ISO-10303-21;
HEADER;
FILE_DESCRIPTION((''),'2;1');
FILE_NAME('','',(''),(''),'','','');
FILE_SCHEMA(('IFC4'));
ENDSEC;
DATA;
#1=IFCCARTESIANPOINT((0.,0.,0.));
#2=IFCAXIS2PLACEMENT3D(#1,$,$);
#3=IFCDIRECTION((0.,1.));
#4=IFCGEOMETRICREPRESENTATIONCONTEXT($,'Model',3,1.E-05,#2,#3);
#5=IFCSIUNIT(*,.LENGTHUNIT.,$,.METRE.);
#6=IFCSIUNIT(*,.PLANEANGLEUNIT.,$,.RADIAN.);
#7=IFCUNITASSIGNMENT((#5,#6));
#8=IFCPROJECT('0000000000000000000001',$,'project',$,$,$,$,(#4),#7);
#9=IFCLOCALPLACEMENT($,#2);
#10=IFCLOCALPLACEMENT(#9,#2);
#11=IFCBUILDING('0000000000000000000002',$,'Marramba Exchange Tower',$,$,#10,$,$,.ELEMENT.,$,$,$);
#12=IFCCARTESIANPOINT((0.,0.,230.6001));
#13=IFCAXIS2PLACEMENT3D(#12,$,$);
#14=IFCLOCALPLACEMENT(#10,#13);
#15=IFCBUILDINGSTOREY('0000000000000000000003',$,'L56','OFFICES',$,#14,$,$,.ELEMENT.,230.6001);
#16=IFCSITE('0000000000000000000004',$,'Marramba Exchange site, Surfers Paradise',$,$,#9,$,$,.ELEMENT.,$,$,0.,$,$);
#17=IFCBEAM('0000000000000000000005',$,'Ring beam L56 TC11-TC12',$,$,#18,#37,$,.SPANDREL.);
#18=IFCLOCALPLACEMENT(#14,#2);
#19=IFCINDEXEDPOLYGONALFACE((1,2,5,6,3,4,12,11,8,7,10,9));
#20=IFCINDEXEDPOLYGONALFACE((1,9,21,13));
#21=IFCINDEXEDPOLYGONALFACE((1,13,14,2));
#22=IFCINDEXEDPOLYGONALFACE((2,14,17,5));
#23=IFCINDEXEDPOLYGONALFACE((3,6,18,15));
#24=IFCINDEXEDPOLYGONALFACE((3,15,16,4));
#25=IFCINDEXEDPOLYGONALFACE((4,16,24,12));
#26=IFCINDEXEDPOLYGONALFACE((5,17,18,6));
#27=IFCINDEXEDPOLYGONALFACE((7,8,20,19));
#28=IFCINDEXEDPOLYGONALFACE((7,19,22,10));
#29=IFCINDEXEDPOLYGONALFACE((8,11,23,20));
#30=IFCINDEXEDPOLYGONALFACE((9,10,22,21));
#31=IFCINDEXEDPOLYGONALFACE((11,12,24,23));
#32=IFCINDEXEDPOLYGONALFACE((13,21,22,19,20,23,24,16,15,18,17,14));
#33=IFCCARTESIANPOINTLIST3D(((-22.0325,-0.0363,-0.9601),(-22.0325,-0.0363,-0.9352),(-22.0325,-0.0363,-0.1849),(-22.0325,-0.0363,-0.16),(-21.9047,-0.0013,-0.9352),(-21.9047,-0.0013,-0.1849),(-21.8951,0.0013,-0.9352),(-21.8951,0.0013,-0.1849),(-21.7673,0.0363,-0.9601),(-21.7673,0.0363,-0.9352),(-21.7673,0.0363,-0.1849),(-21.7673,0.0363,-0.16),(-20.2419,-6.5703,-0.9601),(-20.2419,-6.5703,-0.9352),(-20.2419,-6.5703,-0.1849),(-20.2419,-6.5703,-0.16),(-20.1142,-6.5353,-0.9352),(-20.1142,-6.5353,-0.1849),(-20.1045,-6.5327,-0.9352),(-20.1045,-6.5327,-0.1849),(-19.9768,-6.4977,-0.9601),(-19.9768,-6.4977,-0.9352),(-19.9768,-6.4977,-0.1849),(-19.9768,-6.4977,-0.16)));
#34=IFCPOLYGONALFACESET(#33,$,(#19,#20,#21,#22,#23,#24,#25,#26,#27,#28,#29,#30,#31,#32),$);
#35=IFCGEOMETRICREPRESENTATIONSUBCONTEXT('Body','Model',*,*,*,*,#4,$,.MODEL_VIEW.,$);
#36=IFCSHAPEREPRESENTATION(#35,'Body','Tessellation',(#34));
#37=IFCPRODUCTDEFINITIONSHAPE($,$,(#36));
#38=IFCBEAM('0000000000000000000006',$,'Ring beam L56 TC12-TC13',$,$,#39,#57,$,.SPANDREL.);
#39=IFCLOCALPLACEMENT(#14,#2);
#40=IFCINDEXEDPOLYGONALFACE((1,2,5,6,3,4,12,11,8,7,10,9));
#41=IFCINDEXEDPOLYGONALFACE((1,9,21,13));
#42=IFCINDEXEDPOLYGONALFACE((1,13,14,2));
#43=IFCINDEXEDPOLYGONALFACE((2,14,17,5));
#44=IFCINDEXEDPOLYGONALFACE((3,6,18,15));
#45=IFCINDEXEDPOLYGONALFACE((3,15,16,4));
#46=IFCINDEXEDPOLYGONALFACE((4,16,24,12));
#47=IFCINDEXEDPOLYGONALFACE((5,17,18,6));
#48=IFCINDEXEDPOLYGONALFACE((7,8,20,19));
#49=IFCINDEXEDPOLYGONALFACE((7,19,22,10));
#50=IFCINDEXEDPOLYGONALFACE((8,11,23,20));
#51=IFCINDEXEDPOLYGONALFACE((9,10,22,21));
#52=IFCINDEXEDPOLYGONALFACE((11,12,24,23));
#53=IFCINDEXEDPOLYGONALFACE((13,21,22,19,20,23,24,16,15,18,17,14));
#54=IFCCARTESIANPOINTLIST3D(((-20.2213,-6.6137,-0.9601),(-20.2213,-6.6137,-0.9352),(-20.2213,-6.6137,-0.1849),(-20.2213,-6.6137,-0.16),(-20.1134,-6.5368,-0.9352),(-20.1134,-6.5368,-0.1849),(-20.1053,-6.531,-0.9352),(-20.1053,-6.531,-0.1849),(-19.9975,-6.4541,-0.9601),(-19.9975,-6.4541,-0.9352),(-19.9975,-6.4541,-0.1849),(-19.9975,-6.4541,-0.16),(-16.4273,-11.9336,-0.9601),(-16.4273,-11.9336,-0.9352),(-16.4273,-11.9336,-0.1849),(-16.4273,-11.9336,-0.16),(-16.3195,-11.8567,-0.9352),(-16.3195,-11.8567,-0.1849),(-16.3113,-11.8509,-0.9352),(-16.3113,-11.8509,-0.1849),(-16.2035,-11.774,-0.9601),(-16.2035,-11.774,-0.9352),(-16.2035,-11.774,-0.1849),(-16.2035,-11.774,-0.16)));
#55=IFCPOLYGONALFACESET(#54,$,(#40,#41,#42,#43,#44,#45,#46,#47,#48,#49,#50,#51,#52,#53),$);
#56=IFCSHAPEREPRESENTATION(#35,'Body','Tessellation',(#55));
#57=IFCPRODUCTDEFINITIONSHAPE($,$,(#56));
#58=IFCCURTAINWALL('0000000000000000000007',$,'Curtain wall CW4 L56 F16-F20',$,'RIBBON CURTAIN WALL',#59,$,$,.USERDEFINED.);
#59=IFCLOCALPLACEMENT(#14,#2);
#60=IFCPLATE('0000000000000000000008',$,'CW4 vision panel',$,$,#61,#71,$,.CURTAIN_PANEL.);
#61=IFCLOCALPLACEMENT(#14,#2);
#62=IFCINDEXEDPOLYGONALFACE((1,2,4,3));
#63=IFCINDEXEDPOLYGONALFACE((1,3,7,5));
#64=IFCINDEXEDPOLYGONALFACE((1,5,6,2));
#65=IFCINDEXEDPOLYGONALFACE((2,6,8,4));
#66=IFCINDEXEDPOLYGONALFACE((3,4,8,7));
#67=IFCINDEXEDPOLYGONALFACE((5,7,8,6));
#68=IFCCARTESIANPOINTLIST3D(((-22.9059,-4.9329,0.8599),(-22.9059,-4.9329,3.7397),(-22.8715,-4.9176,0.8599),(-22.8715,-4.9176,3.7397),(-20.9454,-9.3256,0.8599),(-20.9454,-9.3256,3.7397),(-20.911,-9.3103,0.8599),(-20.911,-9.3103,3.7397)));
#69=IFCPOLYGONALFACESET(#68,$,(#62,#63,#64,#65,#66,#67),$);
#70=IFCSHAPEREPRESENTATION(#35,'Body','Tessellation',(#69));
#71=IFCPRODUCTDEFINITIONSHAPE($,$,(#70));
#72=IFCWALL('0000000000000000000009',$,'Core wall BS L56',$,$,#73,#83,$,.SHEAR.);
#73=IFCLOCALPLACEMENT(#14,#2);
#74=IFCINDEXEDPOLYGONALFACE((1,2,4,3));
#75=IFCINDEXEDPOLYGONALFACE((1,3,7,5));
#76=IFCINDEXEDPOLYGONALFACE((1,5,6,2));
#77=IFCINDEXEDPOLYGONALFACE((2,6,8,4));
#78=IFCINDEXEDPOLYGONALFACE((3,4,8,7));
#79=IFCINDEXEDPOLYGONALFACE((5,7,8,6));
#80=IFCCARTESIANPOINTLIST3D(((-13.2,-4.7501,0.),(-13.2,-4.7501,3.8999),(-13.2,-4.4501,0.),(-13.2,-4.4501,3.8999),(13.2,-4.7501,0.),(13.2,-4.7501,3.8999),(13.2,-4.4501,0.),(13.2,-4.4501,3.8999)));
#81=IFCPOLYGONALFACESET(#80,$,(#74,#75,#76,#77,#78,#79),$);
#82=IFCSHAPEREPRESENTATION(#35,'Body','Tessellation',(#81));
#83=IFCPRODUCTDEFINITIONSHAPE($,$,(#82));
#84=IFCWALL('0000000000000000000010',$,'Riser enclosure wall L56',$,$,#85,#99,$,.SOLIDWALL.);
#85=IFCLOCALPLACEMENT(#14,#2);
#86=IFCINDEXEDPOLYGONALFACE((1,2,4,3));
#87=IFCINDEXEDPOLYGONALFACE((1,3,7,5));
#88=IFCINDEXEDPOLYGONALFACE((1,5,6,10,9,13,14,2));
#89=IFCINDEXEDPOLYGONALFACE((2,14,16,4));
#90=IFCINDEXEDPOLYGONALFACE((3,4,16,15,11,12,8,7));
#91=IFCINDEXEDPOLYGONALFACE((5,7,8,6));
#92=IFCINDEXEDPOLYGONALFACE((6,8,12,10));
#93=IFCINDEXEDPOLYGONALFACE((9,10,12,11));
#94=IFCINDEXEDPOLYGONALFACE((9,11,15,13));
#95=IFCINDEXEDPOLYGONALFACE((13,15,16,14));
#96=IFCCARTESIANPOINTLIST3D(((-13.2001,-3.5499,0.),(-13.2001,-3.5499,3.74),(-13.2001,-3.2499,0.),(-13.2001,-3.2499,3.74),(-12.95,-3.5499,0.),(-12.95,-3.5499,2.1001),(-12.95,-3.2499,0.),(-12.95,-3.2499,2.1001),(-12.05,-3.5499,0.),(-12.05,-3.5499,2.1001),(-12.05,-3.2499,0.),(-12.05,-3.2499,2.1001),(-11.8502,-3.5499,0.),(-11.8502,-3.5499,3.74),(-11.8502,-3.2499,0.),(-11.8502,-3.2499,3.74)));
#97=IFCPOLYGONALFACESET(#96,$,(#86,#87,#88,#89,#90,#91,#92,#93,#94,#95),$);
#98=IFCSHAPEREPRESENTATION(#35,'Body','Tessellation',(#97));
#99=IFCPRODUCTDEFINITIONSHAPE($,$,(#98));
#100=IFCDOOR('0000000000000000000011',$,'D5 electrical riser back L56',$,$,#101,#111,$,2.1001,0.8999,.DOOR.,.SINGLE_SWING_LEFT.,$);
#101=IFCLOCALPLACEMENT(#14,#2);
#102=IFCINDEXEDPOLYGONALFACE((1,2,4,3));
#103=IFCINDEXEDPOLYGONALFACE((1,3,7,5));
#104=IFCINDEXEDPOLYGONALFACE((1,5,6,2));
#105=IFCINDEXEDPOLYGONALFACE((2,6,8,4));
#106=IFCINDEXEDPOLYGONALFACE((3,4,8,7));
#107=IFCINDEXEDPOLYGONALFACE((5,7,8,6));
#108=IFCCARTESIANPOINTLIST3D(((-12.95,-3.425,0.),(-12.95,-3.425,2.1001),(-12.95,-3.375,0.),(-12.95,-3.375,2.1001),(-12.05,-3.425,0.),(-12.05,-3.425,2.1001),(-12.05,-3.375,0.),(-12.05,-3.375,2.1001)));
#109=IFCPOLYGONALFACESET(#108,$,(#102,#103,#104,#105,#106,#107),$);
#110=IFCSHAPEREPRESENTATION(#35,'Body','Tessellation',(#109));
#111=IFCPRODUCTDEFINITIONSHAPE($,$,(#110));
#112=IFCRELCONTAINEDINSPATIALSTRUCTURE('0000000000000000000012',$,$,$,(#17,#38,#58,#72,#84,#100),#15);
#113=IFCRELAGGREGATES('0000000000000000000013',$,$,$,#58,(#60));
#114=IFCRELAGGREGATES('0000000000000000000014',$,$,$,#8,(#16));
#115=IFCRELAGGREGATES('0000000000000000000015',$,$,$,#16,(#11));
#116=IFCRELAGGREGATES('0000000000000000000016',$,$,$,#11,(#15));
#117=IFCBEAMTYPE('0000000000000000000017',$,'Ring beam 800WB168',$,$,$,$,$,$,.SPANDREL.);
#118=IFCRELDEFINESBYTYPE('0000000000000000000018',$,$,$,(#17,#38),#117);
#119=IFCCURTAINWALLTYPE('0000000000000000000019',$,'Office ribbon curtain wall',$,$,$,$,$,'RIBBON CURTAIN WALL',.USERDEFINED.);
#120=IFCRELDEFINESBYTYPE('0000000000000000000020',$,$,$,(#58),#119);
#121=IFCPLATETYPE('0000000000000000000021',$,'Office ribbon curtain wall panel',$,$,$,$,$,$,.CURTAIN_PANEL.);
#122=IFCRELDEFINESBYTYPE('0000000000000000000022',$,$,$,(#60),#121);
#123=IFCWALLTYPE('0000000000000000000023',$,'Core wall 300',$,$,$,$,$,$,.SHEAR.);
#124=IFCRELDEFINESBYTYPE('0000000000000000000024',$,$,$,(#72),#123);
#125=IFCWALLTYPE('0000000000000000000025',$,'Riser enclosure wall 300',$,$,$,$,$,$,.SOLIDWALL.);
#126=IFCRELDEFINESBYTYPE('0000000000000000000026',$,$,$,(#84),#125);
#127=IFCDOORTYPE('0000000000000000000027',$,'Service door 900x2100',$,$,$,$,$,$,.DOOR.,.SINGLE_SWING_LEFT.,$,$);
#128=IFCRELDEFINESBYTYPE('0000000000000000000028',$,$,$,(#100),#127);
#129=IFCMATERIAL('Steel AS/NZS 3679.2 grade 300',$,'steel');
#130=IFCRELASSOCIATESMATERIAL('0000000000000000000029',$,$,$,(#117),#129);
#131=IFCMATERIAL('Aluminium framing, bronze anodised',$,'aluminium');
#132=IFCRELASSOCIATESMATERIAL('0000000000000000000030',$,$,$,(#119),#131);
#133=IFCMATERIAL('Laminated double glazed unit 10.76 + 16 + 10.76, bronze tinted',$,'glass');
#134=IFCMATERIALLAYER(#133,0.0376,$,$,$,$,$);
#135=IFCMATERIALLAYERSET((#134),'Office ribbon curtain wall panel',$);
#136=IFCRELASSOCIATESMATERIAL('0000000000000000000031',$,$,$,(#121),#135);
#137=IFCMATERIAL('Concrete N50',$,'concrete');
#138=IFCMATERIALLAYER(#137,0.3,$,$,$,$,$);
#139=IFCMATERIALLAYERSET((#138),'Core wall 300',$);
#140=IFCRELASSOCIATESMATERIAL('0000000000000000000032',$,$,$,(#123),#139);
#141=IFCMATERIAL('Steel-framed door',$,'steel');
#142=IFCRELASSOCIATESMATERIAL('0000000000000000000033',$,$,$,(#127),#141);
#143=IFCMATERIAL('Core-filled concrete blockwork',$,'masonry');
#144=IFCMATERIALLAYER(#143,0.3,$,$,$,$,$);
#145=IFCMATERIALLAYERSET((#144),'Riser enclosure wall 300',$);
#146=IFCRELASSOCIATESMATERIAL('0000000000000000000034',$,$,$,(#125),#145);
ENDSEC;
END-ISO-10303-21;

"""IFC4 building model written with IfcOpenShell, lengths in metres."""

from ifc_helpers import new_model, si_unit, direction, frame, frame_2d, origin, origin_2d, place, context, subcontext, project, spatial, rectangle, i_section, extrude, material, layer, layer_set, material_profile, profile_set, type_object, element, fill, aggregate, save


model = new_model("IFC4")

# Units and contexts
model_context = context("Model", 3, precision=1e-05, world=origin(), true_north=direction((0.0, 1.0)))
body_context = subcontext(model_context, "Body", "Model", "MODEL_VIEW")
ifc_project = project(units=[si_unit("LENGTHUNIT", "METRE"), si_unit("PLANEANGLEUNIT", "RADIAN")], contexts=[model_context])

# Site, building, storey
site_placement = place(None, origin())
site = spatial("IfcSite", under=ifc_project, at=site_placement, Name="Marramba Exchange site, Surfers Paradise", CompositionType="ELEMENT", RefElevation=0.0)
building_placement = place(site_placement, origin())
building = spatial("IfcBuilding", under=site, at=building_placement, Name="Marramba Exchange Tower", CompositionType="ELEMENT")
storey_placement = place(building_placement, frame((0.0, 0.0, 230.6001)))
storey = spatial("IfcBuildingStorey", under=building, at=storey_placement, Name="L56", Description="OFFICES", CompositionType="ELEMENT", Elevation=230.6001)

# Shared definitions
ifc_material_1 = material(Name="Concrete N50", Category="concrete")

# Beams
ifc_material_2 = material(Name="Steel AS/NZS 3679.2 grade 300", Category="steel")
ifc_material_profile_1 = material_profile(ifc_material_2, i_section(OverallWidth=0.2749, OverallDepth=0.8, WebThickness=0.01, FlangeThickness=0.0249, at=origin_2d()), Name="800WB168")
ifc_profile_set_1 = profile_set([ifc_material_profile_1], Name="Steel AS/NZS 3679.2 grade 300")
beam_type_1 = type_object("IfcBeamType", Name="Ring beam 800WB168", PredefinedType="SPANDREL", material=ifc_profile_set_1)
beam_1_placement = place(storey_placement, frame((-21.8999, 0.0, -0.5601), z_axis=(0.264291, -0.964443, 0.0), x_axis=(0.964443, 0.264291, 0.0)))
element("IfcBeam", 1, at=beam_1_placement, inside=storey, type_object=beam_type_1, Name="Ring beam L56 TC11-TC12", PredefinedType="SPANDREL", context=body_context, shape_type="SweptSolid", body=[
    extrude(i_section(OverallWidth=0.2749, OverallDepth=0.8, WebThickness=0.01, FlangeThickness=0.0249, at=origin_2d()), origin(), (0.0, 0.0, 1.0), 6.7749),
])
beam_2_placement = place(storey_placement, frame((-20.1094, -6.5339, -0.5601), z_axis=(0.580637, -0.814162, 0.0), x_axis=(0.814162, 0.580637, 0.0)))
element("IfcBeam", 2, at=beam_2_placement, inside=storey, type_object=beam_type_1, Name="Ring beam L56 TC12-TC13", PredefinedType="SPANDREL", context=body_context, shape_type="SweptSolid", body=[
    extrude(i_section(OverallWidth=0.2749, OverallDepth=0.8, WebThickness=0.01, FlangeThickness=0.0249, at=origin_2d()), origin(), (0.0, 0.0, 1.0), 6.5342),
])

# Curtain wall, plate
ifc_material_3 = material(Name="Aluminium framing, bronze anodised", Category="aluminium")
curtain_wall_type = type_object("IfcCurtainWallType", Name="Office ribbon curtain wall", ElementType="RIBBON CURTAIN WALL", PredefinedType="USERDEFINED", material=ifc_material_3)
curtain_wall_placement = place(storey_placement, origin())
curtain_wall = element("IfcCurtainWall", 3, at=curtain_wall_placement, inside=storey, type_object=curtain_wall_type, Name="Curtain wall CW4 L56 F16-F20", ObjectType="RIBBON CURTAIN WALL", PredefinedType="USERDEFINED")
ifc_material_4 = material(Name="Laminated double glazed unit 10.76 + 16 + 10.76, bronze tinted", Category="glass")
ifc_layer_1 = layer(ifc_material_4, 0.0376)
ifc_layer_set_1 = layer_set([ifc_layer_1], Name="Office ribbon curtain wall panel")
plate_type = type_object("IfcPlateType", Name="Office ribbon curtain wall panel", PredefinedType="CURTAIN_PANEL", material=ifc_layer_set_1)
plate_placement = place(storey_placement, frame((-21.9084, -7.1216, 0.8599), z_axis=(0.0, 0.0, 1.0), x_axis=(0.407558, -0.91318, 0.0)))
plate = element("IfcPlate", 4, at=plate_placement, type_object=plate_type, Name="CW4 vision panel", PredefinedType="CURTAIN_PANEL", context=body_context, shape_type="SweptSolid", body=[
    extrude(rectangle(XDim=4.8103, YDim=0.0376, at=origin_2d()), origin(), (0.0, 0.0, 1.0), 2.8799),
])
aggregate(curtain_wall, [plate])

# Shared definitions
ifc_layer_2 = layer(ifc_material_1, 0.3)
ifc_layer_set_2 = layer_set([ifc_layer_2], Name="Core wall 300")
wall_type_1 = type_object("IfcWallType", Name="Core wall 300", PredefinedType="SHEAR", material=ifc_layer_set_2)
ifc_material_5 = material(Name="Steel-framed door", Category="steel")
door_type_1 = type_object("IfcDoorType", Name="Service door 900x2100", OperationType="SINGLE_SWING_LEFT", PredefinedType="DOOR", material=ifc_material_5)

# Wall
wall_1_placement = place(storey_placement, frame((-13.2, -4.6001, 0.0), z_axis=(0.0, 0.0, 1.0), x_axis=(1.0, 0.0, 0.0)))
element("IfcWall", 5, at=wall_1_placement, inside=storey, type_object=wall_type_1, Name="Core wall BS L56", PredefinedType="SHEAR", context=body_context, shape_type="SweptSolid", body=[
    extrude(rectangle(XDim=26.3999, YDim=0.3, at=frame_2d((13.2, 0.0))), origin(), (0.0, 0.0, 1.0), 3.8999),
])

# Wall, opening, door
ifc_material_6 = material(Name="Core-filled concrete blockwork", Category="masonry")
ifc_layer_3 = layer(ifc_material_6, 0.3)
ifc_layer_set_3 = layer_set([ifc_layer_3], Name="Riser enclosure wall 300")
wall_type_2 = type_object("IfcWallType", Name="Riser enclosure wall 300", PredefinedType="SOLIDWALL", material=ifc_layer_set_3)
wall_2_placement = place(storey_placement, frame((-13.2, -3.3999, 0.0), z_axis=(0.0, 0.0, 1.0), x_axis=(1.0, 0.0, 0.0)))
wall_2 = element("IfcWall", 6, at=wall_2_placement, inside=storey, type_object=wall_type_2, Name="Riser enclosure wall L56", PredefinedType="SOLIDWALL", context=body_context, shape_type="SweptSolid", body=[
    extrude(rectangle(XDim=1.3499, YDim=0.3, at=frame_2d((0.6748, 0.0))), origin(), (0.0, 0.0, 1.0), 3.74),
])
opening_1_placement = place(wall_2_placement, frame((0.25, 0.0, 0.0)))
opening_1 = element("IfcOpeningElement", 7, at=opening_1_placement, cuts=wall_2, PredefinedType="OPENING", context=body_context, shape_type="SweptSolid", body=[
    extrude(rectangle(XDim=0.8999, YDim=2.1001, at=frame_2d((0.45, 1.05))), frame((0.0, 0.1599, 0.0), z_axis=(0.0, -1.0, 0.0), x_axis=(1.0, 0.0, 0.0)), (0.0, 0.0, 1.0), 0.3201),
])
door_1_placement = place(opening_1_placement, frame((0.8999, 0.0, 0.0), z_axis=(0.0, 0.0, 1.0), x_axis=(-1.0, 0.0, 0.0)))
door_1 = element("IfcDoor", 8, at=door_1_placement, inside=storey, type_object=door_type_1, Name="D5 electrical riser back L56", OperationType="SINGLE_SWING_LEFT", OverallHeight=2.1001, OverallWidth=0.8999, PredefinedType="DOOR", context=body_context, shape_type="SweptSolid", body=[
    extrude(rectangle(XDim=0.8999, YDim=2.1001, at=frame_2d((0.45, 1.05))), frame((0.0, 0.0251, 0.0), z_axis=(0.0, -1.0, 0.0), x_axis=(1.0, 0.0, 0.0)), (0.0, 0.0, 1.0), 0.05),
])
fill(opening_1, door_1)

save(model, "model.ifc")
